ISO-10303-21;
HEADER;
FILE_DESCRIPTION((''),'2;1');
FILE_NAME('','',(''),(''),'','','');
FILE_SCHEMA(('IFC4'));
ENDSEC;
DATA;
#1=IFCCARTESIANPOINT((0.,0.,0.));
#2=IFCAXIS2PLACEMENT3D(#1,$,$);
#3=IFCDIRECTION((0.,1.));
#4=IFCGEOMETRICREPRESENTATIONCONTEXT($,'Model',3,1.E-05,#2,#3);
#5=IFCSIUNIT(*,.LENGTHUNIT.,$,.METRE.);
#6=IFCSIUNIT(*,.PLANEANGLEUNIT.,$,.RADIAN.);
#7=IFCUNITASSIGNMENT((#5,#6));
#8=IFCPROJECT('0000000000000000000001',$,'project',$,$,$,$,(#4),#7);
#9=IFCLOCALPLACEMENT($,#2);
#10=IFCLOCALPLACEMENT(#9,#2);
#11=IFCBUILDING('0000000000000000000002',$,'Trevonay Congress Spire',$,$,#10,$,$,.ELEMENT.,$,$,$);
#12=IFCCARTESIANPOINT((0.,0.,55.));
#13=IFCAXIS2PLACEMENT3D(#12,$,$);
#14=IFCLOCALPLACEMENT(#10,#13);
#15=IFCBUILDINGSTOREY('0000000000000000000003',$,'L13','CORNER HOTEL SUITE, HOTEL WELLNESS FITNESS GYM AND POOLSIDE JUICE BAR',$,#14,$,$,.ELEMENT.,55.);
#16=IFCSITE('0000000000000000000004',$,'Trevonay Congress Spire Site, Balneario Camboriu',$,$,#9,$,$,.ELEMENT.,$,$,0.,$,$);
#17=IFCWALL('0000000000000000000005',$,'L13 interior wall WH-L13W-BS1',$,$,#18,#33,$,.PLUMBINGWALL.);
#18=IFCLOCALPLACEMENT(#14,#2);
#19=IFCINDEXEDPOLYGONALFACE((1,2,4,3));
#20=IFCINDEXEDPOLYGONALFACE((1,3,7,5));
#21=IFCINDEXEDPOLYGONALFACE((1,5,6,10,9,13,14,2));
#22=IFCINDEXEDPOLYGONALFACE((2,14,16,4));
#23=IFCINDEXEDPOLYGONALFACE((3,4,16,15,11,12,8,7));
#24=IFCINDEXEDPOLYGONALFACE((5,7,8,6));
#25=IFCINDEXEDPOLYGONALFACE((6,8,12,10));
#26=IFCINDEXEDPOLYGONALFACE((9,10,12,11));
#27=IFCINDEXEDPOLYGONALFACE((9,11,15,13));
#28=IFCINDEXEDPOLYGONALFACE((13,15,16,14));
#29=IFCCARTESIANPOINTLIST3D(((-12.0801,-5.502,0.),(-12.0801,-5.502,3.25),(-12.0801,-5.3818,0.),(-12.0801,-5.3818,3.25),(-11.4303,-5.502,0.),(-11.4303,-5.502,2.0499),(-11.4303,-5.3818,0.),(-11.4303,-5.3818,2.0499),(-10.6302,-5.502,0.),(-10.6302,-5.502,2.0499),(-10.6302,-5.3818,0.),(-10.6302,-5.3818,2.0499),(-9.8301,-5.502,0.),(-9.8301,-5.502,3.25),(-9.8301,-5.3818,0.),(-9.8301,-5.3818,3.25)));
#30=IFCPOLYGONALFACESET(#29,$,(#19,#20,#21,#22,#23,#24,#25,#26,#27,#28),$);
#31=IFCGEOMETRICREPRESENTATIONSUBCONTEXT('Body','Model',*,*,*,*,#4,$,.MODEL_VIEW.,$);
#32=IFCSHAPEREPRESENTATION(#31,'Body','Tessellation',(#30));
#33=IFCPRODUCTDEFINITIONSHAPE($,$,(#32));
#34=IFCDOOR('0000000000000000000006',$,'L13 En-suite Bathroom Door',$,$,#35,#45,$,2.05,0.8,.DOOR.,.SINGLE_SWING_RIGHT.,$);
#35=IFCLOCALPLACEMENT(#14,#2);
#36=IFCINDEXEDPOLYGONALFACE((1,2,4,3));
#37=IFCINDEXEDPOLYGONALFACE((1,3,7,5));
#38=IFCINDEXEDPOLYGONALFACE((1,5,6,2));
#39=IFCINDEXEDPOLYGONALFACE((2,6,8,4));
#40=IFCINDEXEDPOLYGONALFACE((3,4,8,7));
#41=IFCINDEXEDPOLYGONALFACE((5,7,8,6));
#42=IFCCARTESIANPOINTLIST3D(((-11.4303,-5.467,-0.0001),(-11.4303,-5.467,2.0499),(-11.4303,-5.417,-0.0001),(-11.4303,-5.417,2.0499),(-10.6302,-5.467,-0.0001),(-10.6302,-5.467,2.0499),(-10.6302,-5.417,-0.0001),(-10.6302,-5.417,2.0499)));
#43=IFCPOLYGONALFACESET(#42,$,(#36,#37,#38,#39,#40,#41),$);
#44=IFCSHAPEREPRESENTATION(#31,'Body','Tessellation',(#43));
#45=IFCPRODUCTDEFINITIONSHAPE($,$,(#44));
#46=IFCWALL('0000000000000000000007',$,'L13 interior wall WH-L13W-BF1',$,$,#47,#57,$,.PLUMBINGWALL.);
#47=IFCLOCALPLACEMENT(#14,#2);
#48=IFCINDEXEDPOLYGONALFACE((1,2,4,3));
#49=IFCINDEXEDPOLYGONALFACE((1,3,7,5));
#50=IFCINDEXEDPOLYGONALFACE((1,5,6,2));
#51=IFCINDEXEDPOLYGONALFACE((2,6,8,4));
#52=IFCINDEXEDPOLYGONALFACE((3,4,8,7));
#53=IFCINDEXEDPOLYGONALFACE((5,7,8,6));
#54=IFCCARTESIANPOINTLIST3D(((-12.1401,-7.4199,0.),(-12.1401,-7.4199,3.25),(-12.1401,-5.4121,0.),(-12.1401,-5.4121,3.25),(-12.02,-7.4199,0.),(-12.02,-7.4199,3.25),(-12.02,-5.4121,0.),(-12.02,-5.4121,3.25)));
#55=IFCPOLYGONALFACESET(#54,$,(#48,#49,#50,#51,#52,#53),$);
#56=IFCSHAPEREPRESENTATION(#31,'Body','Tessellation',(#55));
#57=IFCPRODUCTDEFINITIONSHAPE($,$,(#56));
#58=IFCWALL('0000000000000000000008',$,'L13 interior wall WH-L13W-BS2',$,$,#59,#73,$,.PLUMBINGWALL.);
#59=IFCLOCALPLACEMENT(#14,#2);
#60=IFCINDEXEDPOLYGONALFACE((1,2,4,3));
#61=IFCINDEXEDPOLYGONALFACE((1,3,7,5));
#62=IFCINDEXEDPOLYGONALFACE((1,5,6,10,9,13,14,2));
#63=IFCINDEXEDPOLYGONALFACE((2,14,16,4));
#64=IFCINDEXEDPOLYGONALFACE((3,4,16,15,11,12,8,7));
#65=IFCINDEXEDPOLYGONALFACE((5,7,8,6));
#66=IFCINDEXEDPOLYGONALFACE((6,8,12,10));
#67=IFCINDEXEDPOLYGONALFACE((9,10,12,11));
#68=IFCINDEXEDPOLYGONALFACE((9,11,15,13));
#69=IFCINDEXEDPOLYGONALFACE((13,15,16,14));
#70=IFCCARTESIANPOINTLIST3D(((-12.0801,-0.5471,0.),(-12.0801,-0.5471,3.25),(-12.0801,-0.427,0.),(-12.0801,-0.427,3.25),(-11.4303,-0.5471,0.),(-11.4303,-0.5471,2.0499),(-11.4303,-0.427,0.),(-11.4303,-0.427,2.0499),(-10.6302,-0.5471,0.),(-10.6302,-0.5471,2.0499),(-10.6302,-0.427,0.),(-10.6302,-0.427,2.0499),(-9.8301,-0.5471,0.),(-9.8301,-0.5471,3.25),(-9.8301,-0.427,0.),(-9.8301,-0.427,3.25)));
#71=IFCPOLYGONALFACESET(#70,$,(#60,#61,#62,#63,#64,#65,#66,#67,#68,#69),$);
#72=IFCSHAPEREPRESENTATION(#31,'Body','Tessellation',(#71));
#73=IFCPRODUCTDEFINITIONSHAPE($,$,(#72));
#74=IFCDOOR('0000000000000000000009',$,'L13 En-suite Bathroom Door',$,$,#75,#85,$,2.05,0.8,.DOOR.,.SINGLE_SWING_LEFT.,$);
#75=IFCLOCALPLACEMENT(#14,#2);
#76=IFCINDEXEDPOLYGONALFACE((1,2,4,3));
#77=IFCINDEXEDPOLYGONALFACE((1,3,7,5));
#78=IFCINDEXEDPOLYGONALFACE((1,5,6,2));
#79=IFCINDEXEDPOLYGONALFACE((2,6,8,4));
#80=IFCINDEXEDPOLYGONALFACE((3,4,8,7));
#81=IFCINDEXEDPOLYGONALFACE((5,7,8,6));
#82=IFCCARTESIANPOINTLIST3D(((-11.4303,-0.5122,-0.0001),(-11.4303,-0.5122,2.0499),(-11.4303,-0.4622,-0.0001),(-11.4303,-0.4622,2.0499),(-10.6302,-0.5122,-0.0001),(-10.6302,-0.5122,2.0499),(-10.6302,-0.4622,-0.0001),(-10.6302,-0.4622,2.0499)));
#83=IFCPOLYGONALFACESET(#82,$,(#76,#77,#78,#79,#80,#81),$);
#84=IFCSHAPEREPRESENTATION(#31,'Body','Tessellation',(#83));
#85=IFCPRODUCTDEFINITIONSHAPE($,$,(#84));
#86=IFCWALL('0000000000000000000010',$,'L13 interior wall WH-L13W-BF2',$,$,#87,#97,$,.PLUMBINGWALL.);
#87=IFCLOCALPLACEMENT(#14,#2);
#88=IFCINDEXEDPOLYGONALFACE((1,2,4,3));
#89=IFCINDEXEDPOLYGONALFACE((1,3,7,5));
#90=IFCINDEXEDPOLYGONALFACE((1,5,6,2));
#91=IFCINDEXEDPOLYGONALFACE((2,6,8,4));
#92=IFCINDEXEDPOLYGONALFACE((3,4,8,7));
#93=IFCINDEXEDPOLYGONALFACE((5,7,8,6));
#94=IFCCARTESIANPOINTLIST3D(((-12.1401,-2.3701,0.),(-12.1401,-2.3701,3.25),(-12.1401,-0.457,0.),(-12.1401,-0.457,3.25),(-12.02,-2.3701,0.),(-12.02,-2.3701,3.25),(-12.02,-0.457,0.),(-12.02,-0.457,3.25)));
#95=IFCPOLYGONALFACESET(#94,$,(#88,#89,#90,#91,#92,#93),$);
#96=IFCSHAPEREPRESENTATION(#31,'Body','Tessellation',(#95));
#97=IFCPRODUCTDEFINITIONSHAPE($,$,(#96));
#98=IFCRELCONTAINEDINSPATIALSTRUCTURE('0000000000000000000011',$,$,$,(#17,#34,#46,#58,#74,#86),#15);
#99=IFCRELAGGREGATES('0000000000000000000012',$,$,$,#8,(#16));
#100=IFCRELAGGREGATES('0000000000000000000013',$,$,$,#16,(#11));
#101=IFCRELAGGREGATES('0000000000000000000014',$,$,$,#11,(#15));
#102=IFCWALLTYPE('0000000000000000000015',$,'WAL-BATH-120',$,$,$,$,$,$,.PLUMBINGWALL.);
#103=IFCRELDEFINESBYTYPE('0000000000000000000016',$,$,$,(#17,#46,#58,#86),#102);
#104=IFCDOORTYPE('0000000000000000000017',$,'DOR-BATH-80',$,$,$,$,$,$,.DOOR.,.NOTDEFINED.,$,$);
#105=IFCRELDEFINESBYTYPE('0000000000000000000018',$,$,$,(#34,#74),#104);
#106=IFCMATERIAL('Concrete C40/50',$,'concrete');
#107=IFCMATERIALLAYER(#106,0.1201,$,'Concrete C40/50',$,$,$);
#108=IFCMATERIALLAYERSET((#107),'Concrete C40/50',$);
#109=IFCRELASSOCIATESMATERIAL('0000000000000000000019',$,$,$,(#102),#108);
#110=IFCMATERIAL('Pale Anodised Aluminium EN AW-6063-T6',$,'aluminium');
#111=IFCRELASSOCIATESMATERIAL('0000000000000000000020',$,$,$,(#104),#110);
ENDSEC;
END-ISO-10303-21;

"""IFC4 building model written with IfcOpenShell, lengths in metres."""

from ifc_helpers import new_model, si_unit, direction, frame, frame_2d, origin, place, context, subcontext, project, spatial, rectangle, extrude, material, layer, layer_set, type_object, element, fill, save


model = new_model("IFC4")

# Units and contexts
model_context = context("Model", 3, precision=1e-05, world=origin(), true_north=direction((0.0, 1.0)))
body_context = subcontext(model_context, "Body", "Model", "MODEL_VIEW")
ifc_project = project(units=[si_unit("LENGTHUNIT", "METRE"), si_unit("PLANEANGLEUNIT", "RADIAN")], contexts=[model_context])

# Site, building, storey
site_placement = place(None, origin())
site = spatial("IfcSite", under=ifc_project, at=site_placement, Name="Trevonay Congress Spire Site, Balneario Camboriu", CompositionType="ELEMENT", RefElevation=0.0)
building_placement = place(site_placement, origin())
building = spatial("IfcBuilding", under=site, at=building_placement, Name="Trevonay Congress Spire", CompositionType="ELEMENT")
storey_placement = place(building_placement, frame((0.0, 0.0, 55.0)))
storey = spatial("IfcBuildingStorey", under=building, at=storey_placement, Name="L13", Description="CORNER HOTEL SUITE, HOTEL WELLNESS FITNESS GYM AND POOLSIDE JUICE BAR", CompositionType="ELEMENT", Elevation=55.0)

# Wall, opening, door
ifc_material_1 = material(Name="Concrete C40/50", Category="concrete")
ifc_layer_1 = layer(ifc_material_1, 0.1201, Name="Concrete C40/50")
ifc_layer_set_1 = layer_set([ifc_layer_1], Name="Concrete C40/50")
wall_type_1 = type_object("IfcWallType", Name="WAL-BATH-120", PredefinedType="PLUMBINGWALL", material=ifc_layer_set_1)
wall_1_placement = place(storey_placement, frame((-12.0801, -5.4419, 0.0), z_axis=(0.0, 0.0, 1.0), x_axis=(1.0, 0.0, 0.0)))
wall_1 = element("IfcWall", 1, at=wall_1_placement, inside=storey, type_object=wall_type_1, Name="L13 interior wall WH-L13W-BS1", PredefinedType="PLUMBINGWALL", context=body_context, shape_type="SweptSolid", body=[
    extrude(rectangle(XDim=2.25, YDim=0.1201, at=frame_2d((1.125, 0.0))), origin(), (0.0, 0.0, 1.0), 3.25),
])
opening_1_placement = place(wall_1_placement, frame((0.6499, 0.0, 0.0)))
opening_1 = element("IfcOpeningElement", 2, at=opening_1_placement, cuts=wall_1, PredefinedType="OPENING", context=body_context, shape_type="SweptSolid", body=[
    extrude(rectangle(XDim=0.8, YDim=2.05, at=frame_2d((0.3999, 1.0249))), frame((0.0, 0.0701, 0.0), z_axis=(0.0, -1.0, 0.0), x_axis=(1.0, 0.0, 0.0)), (0.0, 0.0, 1.0), 0.1401),
])
ifc_material_2 = material(Name="Pale Anodised Aluminium EN AW-6063-T6", Category="aluminium")
door_type_1 = type_object("IfcDoorType", Name="DOR-BATH-80", OperationType="NOTDEFINED", PredefinedType="DOOR", material=ifc_material_2)
door_1_placement = place(opening_1_placement, origin())
door_1 = element("IfcDoor", 3, at=door_1_placement, inside=storey, type_object=door_type_1, Name="L13 En-suite Bathroom Door", OperationType="SINGLE_SWING_RIGHT", OverallHeight=2.05, OverallWidth=0.8, PredefinedType="DOOR", context=body_context, shape_type="SweptSolid", body=[
    extrude(rectangle(XDim=0.8, YDim=2.05, at=frame_2d((0.3999, 1.0249))), frame((0.0, 0.0249, 0.0), z_axis=(0.0, -1.0, 0.0), x_axis=(1.0, 0.0, 0.0)), (0.0, 0.0, 1.0), 0.05),
])
fill(opening_1, door_1)

# Wall
wall_2_placement = place(storey_placement, frame((-12.0801, -7.4199, 0.0), z_axis=(0.0, 0.0, 1.0), x_axis=(0.0, 1.0, 0.0)))
element("IfcWall", 4, at=wall_2_placement, inside=storey, type_object=wall_type_1, Name="L13 interior wall WH-L13W-BF1", PredefinedType="PLUMBINGWALL", context=body_context, shape_type="SweptSolid", body=[
    extrude(rectangle(XDim=2.0078, YDim=0.1201, at=frame_2d((1.0039, 0.0))), origin(), (0.0, 0.0, 1.0), 3.25),
])

# Wall, opening, door
wall_3_placement = place(storey_placement, frame((-12.0801, -0.4871, 0.0), z_axis=(0.0, 0.0, 1.0), x_axis=(1.0, 0.0, 0.0)))
wall_3 = element("IfcWall", 5, at=wall_3_placement, inside=storey, type_object=wall_type_1, Name="L13 interior wall WH-L13W-BS2", PredefinedType="PLUMBINGWALL", context=body_context, shape_type="SweptSolid", body=[
    extrude(rectangle(XDim=2.25, YDim=0.1201, at=frame_2d((1.125, 0.0))), origin(), (0.0, 0.0, 1.0), 3.25),
])
opening_2_placement = place(wall_3_placement, frame((0.6499, 0.0, 0.0)))
opening_2 = element("IfcOpeningElement", 6, at=opening_2_placement, cuts=wall_3, PredefinedType="OPENING", context=body_context, shape_type="SweptSolid", body=[
    extrude(rectangle(XDim=0.8, YDim=2.05, at=frame_2d((0.3999, 1.0249))), frame((0.0, 0.0701, 0.0), z_axis=(0.0, -1.0, 0.0), x_axis=(1.0, 0.0, 0.0)), (0.0, 0.0, 1.0), 0.1401),
])
door_2_placement = place(opening_2_placement, origin())
door_2 = element("IfcDoor", 7, at=door_2_placement, inside=storey, type_object=door_type_1, Name="L13 En-suite Bathroom Door", OperationType="SINGLE_SWING_LEFT", OverallHeight=2.05, OverallWidth=0.8, PredefinedType="DOOR", context=body_context, shape_type="SweptSolid", body=[
    extrude(rectangle(XDim=0.8, YDim=2.05, at=frame_2d((0.3999, 1.0249))), frame((0.0, 0.0249, 0.0), z_axis=(0.0, -1.0, 0.0), x_axis=(1.0, 0.0, 0.0)), (0.0, 0.0, 1.0), 0.05),
])
fill(opening_2, door_2)

# Wall
wall_4_placement = place(storey_placement, frame((-12.0801, -2.3701, 0.0), z_axis=(0.0, 0.0, 1.0), x_axis=(0.0, 1.0, 0.0)))
element("IfcWall", 8, at=wall_4_placement, inside=storey, type_object=wall_type_1, Name="L13 interior wall WH-L13W-BF2", PredefinedType="PLUMBINGWALL", context=body_context, shape_type="SweptSolid", body=[
    extrude(rectangle(XDim=1.9131, YDim=0.1201, at=frame_2d((0.9565, 0.0))), origin(), (0.0, 0.0, 1.0), 3.25),
])

save(model, "model.ifc")
